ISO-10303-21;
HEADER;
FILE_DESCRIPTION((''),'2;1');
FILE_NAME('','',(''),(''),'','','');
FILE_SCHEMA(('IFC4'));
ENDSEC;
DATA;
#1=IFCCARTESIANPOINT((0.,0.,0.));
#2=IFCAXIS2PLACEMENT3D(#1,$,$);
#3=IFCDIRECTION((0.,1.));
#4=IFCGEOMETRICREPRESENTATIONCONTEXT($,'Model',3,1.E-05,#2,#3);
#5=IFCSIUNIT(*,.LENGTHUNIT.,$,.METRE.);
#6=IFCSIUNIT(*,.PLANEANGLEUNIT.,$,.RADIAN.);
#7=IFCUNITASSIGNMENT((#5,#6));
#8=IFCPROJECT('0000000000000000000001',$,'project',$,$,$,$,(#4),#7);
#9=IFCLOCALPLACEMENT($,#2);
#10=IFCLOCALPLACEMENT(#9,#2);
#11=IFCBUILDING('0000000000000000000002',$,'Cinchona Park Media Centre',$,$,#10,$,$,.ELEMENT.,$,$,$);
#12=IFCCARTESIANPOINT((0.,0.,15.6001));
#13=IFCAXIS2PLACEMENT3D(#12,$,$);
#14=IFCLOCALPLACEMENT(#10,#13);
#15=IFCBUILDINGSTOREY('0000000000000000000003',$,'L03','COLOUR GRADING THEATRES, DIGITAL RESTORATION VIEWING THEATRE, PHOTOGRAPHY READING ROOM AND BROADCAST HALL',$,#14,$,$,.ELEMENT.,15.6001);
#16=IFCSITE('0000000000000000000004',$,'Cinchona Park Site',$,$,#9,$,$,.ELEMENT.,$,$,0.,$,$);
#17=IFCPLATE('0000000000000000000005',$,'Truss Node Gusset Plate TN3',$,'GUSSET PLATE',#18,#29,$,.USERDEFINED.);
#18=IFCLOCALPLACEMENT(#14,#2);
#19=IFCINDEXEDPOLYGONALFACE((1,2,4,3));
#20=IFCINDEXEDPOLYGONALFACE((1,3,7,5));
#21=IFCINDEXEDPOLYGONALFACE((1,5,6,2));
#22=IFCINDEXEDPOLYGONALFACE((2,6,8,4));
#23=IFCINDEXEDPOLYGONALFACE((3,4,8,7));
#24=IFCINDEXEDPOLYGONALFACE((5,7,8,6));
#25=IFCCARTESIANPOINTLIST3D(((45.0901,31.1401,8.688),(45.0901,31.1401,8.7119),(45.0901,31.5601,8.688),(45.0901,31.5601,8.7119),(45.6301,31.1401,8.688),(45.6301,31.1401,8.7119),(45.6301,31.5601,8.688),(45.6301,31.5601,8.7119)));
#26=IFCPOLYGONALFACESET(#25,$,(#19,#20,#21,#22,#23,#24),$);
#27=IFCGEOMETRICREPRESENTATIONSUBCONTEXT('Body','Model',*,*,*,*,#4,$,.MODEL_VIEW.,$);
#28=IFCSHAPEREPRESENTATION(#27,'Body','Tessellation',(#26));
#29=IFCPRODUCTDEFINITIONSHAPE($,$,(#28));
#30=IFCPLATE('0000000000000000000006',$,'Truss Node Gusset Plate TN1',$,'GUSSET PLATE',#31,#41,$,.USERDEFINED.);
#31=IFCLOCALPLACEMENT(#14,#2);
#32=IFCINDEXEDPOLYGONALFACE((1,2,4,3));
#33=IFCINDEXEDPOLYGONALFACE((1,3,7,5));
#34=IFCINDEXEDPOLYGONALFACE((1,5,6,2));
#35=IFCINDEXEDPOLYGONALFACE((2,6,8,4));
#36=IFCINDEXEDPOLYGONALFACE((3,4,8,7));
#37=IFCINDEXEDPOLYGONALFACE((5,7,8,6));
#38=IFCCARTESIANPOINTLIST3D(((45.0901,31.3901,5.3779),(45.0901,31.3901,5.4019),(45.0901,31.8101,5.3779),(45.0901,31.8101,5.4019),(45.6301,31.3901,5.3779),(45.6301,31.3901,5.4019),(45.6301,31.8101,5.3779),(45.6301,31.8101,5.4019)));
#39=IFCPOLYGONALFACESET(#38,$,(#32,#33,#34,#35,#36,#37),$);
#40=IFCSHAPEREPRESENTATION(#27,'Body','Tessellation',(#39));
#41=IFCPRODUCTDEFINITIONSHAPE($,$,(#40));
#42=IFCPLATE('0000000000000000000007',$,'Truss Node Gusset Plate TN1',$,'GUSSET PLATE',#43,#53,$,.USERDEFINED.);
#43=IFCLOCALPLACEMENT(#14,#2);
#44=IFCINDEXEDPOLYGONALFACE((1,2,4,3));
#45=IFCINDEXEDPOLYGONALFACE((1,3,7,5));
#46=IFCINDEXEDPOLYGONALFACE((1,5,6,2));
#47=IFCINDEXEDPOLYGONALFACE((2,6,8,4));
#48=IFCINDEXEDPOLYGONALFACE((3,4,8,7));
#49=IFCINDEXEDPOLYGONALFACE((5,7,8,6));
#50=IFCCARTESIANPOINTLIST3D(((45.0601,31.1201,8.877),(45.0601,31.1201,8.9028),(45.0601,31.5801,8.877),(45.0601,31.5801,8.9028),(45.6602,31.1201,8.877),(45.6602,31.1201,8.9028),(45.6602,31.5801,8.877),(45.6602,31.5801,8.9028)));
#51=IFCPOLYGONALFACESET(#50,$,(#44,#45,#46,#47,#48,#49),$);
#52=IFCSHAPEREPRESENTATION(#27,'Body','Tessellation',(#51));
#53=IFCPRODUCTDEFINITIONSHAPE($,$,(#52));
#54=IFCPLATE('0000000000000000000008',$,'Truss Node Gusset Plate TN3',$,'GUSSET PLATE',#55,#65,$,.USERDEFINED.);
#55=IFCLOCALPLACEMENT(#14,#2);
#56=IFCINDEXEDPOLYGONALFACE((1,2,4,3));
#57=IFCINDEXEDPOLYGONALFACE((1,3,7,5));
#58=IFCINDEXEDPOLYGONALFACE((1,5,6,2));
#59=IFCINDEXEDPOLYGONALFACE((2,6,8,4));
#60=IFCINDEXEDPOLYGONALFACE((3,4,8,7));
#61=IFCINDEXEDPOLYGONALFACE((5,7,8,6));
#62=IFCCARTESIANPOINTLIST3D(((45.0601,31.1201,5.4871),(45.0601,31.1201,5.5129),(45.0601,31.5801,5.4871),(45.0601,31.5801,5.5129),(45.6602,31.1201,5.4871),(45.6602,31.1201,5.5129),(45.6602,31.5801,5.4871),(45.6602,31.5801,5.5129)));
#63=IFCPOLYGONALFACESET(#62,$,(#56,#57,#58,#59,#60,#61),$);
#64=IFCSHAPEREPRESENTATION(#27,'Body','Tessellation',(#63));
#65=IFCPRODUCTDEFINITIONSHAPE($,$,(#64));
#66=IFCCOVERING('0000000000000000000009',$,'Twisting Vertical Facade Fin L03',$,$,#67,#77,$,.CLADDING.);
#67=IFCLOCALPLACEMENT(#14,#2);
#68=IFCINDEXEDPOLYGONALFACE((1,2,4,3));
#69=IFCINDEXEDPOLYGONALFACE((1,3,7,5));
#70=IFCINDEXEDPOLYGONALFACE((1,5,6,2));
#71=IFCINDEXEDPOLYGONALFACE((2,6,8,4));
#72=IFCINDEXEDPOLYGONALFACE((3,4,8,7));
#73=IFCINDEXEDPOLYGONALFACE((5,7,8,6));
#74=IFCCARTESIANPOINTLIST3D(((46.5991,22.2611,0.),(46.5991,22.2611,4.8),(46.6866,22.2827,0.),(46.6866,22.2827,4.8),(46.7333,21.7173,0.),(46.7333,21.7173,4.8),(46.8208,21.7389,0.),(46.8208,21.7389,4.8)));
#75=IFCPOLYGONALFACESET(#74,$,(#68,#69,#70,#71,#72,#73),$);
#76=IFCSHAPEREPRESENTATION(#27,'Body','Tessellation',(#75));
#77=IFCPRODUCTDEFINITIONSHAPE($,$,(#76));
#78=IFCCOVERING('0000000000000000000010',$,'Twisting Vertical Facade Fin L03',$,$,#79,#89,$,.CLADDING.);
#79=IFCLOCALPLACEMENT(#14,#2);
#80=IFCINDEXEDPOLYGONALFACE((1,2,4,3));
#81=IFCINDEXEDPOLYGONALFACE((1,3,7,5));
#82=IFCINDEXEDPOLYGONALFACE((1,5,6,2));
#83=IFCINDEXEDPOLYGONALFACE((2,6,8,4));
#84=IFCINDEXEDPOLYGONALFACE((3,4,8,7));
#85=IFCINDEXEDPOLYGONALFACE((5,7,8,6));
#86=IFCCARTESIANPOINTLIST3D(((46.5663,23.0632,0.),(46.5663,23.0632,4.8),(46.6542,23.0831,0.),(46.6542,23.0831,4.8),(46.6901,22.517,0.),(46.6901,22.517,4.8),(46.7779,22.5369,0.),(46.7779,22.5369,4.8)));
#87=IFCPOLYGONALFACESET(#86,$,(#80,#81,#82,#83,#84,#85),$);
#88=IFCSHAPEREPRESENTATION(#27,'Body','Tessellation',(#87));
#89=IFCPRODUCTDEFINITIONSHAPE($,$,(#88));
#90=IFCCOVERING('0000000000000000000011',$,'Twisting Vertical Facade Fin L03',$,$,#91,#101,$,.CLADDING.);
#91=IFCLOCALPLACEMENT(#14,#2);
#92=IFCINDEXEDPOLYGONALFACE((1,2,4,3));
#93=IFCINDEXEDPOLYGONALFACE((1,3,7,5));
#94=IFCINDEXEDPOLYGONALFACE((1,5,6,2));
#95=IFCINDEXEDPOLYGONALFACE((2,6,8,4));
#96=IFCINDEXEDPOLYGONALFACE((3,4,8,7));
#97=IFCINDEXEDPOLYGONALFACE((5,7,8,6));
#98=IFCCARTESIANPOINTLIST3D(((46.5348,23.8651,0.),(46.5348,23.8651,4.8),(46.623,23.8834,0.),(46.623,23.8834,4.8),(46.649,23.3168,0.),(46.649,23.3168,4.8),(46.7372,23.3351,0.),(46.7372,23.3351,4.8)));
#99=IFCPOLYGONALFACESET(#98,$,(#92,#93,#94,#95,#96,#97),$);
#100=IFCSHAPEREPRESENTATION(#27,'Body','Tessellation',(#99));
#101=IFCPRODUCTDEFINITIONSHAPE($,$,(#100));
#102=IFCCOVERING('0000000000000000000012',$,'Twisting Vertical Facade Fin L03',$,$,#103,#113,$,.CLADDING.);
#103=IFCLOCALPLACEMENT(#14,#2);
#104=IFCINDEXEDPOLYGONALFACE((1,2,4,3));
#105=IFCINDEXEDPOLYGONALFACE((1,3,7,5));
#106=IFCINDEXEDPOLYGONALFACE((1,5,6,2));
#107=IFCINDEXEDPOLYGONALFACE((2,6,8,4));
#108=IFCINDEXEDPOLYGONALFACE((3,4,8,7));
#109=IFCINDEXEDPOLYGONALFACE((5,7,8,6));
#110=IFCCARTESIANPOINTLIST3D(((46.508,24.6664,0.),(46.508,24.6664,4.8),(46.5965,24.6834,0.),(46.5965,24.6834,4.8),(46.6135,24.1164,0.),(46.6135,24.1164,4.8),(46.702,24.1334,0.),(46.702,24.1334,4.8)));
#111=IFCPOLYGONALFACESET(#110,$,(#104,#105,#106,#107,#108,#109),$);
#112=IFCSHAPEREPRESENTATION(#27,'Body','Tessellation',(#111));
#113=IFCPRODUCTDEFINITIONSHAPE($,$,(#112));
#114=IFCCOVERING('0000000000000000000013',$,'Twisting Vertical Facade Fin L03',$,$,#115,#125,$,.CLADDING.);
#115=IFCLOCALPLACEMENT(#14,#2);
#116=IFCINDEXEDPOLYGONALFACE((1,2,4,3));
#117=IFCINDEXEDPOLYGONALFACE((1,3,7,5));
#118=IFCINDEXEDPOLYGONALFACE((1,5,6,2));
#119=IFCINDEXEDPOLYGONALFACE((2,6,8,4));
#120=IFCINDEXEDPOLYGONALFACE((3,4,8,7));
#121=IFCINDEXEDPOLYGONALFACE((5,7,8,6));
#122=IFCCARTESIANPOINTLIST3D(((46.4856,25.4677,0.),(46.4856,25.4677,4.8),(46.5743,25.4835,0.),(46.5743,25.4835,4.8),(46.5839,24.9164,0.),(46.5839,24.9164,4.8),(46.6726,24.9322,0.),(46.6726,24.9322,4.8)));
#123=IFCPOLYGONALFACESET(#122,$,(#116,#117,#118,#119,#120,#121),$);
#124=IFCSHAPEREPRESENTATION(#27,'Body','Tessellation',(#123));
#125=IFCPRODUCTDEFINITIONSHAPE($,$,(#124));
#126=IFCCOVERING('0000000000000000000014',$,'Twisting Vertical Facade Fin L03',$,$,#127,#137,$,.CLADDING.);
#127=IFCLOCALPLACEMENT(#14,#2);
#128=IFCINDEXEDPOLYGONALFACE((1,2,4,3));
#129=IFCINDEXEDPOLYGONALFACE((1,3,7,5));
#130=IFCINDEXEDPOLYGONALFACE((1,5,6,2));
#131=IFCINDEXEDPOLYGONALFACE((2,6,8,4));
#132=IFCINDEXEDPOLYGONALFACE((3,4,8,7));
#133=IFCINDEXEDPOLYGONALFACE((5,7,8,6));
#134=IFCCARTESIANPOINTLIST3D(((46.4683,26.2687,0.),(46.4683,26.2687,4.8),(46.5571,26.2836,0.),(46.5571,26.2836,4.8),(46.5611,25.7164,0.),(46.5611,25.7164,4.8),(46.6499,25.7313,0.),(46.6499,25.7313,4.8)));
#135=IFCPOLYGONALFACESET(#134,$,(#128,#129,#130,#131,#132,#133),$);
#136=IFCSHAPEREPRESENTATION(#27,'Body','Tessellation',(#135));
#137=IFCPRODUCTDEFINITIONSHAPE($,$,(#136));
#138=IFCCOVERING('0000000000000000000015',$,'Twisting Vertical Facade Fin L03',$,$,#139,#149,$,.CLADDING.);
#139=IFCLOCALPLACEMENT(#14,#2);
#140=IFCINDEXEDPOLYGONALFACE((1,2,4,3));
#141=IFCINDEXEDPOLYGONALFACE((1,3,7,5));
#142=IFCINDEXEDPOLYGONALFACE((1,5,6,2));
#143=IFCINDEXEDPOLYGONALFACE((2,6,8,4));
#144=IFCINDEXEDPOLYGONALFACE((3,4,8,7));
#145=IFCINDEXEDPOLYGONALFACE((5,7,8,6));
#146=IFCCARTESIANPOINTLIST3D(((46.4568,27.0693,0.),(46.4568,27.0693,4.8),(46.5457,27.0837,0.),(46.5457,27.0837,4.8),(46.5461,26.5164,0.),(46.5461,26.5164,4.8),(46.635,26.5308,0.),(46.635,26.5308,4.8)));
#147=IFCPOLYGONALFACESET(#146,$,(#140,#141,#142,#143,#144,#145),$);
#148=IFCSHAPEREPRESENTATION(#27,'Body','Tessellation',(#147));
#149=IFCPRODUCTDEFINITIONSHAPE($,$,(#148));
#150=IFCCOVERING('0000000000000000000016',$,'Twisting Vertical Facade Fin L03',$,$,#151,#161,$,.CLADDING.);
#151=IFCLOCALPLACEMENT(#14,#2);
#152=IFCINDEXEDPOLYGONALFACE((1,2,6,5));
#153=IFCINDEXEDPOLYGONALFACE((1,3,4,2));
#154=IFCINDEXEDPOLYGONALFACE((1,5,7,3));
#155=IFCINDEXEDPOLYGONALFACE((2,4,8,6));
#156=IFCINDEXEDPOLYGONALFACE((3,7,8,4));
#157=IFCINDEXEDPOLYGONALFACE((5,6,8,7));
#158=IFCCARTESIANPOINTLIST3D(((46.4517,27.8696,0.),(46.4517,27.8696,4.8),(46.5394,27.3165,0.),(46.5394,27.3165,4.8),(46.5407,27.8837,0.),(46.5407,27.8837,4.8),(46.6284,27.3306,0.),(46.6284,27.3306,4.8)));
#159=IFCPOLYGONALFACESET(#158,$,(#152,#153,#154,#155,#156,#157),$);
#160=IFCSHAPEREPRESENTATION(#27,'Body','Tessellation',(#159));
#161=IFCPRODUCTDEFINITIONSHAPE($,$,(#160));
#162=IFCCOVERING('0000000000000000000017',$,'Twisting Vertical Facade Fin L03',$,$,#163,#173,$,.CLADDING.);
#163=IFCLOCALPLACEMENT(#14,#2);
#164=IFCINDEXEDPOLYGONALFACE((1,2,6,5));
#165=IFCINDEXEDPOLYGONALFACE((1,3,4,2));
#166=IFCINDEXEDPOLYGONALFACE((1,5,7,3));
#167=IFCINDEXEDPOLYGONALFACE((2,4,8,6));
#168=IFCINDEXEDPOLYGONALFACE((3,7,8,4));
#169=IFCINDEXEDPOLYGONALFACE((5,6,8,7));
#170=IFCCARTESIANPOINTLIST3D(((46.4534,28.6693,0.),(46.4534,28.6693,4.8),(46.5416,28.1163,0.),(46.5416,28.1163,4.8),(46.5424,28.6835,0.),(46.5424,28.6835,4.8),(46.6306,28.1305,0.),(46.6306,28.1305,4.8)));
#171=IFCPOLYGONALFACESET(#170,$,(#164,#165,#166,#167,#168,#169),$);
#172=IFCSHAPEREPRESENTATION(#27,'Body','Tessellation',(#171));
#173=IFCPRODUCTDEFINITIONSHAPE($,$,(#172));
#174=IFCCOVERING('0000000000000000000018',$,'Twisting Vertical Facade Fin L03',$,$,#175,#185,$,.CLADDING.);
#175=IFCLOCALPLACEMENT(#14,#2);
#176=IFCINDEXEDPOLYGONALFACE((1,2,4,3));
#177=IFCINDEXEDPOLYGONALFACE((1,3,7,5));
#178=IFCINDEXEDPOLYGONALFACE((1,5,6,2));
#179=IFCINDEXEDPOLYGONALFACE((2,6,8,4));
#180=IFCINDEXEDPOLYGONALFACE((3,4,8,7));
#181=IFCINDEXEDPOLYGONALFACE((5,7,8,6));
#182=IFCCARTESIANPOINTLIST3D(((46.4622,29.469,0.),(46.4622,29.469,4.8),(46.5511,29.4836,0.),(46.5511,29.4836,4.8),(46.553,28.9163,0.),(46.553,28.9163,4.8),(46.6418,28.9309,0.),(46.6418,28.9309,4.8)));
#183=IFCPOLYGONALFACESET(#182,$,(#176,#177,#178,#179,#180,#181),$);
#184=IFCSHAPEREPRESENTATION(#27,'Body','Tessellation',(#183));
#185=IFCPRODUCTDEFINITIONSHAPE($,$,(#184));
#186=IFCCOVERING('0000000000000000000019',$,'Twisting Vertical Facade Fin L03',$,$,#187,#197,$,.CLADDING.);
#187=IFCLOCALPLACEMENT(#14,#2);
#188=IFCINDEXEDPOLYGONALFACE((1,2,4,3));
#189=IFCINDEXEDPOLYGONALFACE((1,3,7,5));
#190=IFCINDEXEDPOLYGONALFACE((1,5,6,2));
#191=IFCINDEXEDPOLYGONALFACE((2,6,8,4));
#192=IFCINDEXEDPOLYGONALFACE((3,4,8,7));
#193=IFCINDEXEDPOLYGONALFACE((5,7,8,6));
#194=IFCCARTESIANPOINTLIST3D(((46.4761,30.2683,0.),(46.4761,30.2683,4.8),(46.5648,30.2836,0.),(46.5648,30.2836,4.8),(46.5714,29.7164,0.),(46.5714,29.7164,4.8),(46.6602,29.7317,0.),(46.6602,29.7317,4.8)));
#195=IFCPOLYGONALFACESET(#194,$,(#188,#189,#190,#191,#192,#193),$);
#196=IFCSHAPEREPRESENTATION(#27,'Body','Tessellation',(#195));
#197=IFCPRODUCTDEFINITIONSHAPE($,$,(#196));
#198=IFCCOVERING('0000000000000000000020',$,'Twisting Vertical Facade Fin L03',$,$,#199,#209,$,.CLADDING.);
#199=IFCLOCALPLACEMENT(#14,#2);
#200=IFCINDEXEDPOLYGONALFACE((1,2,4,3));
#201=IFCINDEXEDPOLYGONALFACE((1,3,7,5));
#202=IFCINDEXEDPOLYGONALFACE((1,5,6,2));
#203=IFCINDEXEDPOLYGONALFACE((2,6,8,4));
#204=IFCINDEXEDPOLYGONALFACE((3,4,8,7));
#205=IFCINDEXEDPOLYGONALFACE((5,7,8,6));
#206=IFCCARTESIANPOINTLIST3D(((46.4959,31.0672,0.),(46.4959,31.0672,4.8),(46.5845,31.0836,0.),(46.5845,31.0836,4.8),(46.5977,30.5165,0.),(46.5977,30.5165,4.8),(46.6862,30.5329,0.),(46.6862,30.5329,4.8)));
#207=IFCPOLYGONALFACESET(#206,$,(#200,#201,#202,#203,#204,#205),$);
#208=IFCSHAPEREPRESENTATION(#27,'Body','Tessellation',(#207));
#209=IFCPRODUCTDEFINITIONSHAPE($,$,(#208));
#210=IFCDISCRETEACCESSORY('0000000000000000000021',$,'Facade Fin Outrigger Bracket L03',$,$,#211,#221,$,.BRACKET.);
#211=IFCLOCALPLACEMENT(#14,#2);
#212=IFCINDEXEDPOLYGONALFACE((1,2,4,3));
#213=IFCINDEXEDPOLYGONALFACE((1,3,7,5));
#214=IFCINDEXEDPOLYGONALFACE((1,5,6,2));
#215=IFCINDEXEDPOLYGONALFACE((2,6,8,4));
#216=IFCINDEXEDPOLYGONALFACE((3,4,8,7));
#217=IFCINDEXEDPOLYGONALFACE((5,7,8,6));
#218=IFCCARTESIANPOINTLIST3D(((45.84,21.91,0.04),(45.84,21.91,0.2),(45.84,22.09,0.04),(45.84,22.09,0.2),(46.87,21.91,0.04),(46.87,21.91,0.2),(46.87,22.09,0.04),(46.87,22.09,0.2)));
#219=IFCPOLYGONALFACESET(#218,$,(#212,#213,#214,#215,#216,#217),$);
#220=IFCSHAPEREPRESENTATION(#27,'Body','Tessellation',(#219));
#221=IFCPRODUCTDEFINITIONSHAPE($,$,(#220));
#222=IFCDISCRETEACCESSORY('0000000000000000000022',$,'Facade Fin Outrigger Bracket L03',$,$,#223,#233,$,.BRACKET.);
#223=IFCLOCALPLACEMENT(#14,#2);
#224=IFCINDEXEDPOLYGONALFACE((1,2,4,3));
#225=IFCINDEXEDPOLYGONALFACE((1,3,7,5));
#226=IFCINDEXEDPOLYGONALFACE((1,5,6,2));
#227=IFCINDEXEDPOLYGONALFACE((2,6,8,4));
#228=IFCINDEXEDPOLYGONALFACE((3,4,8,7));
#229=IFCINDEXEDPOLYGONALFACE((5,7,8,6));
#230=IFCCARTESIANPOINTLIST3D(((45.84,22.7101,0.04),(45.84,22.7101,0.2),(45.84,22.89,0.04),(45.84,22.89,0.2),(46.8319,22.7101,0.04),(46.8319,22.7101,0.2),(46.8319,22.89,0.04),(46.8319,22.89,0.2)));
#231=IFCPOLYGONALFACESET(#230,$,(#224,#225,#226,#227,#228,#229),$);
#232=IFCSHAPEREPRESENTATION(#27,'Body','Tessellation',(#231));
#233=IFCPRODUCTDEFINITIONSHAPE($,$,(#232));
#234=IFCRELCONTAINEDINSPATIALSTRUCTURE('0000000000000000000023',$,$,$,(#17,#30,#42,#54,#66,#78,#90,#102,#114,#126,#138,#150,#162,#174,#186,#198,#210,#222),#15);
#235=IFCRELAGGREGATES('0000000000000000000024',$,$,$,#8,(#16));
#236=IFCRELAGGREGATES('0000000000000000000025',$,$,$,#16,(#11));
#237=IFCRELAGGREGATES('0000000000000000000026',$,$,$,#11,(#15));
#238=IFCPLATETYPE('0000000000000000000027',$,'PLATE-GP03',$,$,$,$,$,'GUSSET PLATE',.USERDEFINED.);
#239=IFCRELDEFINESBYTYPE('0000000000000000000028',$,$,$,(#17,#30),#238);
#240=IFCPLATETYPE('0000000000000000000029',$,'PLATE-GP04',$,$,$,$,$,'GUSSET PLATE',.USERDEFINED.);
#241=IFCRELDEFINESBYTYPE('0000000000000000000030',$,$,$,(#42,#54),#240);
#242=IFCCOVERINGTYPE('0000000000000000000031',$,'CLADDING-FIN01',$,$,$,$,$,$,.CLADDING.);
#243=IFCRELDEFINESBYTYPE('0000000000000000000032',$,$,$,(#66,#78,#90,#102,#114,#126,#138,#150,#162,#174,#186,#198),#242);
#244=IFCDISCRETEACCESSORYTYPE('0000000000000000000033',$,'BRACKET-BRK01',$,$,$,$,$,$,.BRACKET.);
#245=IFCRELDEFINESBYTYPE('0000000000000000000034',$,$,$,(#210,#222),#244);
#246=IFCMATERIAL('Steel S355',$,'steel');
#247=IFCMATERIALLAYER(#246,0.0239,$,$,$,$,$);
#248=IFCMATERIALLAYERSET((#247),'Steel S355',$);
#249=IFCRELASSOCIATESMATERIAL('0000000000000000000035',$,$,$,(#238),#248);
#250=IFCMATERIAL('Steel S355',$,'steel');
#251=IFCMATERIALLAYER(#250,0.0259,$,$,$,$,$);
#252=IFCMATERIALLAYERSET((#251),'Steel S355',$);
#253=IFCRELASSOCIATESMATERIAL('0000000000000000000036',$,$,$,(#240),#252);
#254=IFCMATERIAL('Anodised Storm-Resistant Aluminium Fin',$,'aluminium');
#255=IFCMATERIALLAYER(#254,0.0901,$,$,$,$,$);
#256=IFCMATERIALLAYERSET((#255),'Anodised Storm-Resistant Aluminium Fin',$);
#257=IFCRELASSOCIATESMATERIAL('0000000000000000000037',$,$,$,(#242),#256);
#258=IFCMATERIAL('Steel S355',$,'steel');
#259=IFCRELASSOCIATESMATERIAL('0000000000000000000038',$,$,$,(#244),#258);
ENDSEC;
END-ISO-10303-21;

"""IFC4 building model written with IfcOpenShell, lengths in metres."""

from ifc_helpers import new_model, si_unit, direction, frame, origin, origin_2d, place, context, subcontext, project, spatial, rectangle, extrude, material, layer, layer_set, type_object, element, save


model = new_model("IFC4")

# Units and contexts
model_context = context("Model", 3, precision=1e-05, world=origin(), true_north=direction((0.0, 1.0)))
body_context = subcontext(model_context, "Body", "Model", "MODEL_VIEW")
ifc_project = project(units=[si_unit("LENGTHUNIT", "METRE"), si_unit("PLANEANGLEUNIT", "RADIAN")], contexts=[model_context])

# Site, building, storey
site_placement = place(None, origin())
site = spatial("IfcSite", under=ifc_project, at=site_placement, Name="Cinchona Park Site", CompositionType="ELEMENT", RefElevation=0.0)
building_placement = place(site_placement, origin())
building = spatial("IfcBuilding", under=site, at=building_placement, Name="Cinchona Park Media Centre", CompositionType="ELEMENT")
storey_placement = place(building_placement, frame((0.0, 0.0, 15.6001)))
storey = spatial("IfcBuildingStorey", under=building, at=storey_placement, Name="L03", Description="COLOUR GRADING THEATRES, DIGITAL RESTORATION VIEWING THEATRE, PHOTOGRAPHY READING ROOM AND BROADCAST HALL", CompositionType="ELEMENT", Elevation=15.6001)

# Plates
ifc_material_1 = material(Name="Steel S355", Category="steel")
ifc_layer_1 = layer(ifc_material_1, 0.0239)
ifc_layer_set_1 = layer_set([ifc_layer_1], Name="Steel S355")
plate_type_1 = type_object("IfcPlateType", Name="PLATE-GP03", ElementType="GUSSET PLATE", PredefinedType="USERDEFINED", material=ifc_layer_set_1)
for number, where, z_axis, x_axis, name in (
    (1, (45.3601, 31.3501, 8.688), (0.0, 0.0, 1.0), (1.0, 0.0, 0.0), "Truss Node Gusset Plate TN3"),
    (2, (45.3601, 31.6001, 5.3779), (0.0, 0.0, 1.0), (1.0, 0.0, 0.0), "Truss Node Gusset Plate TN1"),
):
    element("IfcPlate", number, at=place(storey_placement, frame(where, z_axis=z_axis, x_axis=x_axis)), inside=storey, type_object=plate_type_1, Name=name, ObjectType="GUSSET PLATE", PredefinedType="USERDEFINED", context=body_context, shape_type="SweptSolid", body=[
        extrude(rectangle(XDim=0.54, YDim=0.4199, at=origin_2d()), origin(), (0.0, 0.0, 1.0), 0.0239),
    ])
ifc_material_2 = material(Name="Steel S355", Category="steel")
ifc_layer_2 = layer(ifc_material_2, 0.0259)
ifc_layer_set_2 = layer_set([ifc_layer_2], Name="Steel S355")
plate_type_2 = type_object("IfcPlateType", Name="PLATE-GP04", ElementType="GUSSET PLATE", PredefinedType="USERDEFINED", material=ifc_layer_set_2)
for number, where, z_axis, x_axis, name in (
    (3, (45.3601, 31.3501, 8.877), (0.0, 0.0, 1.0), (1.0, 0.0, 0.0), "Truss Node Gusset Plate TN1"),
    (4, (45.3601, 31.3501, 5.4871), (0.0, 0.0, 1.0), (1.0, 0.0, 0.0), "Truss Node Gusset Plate TN3"),
):
    element("IfcPlate", number, at=place(storey_placement, frame(where, z_axis=z_axis, x_axis=x_axis)), inside=storey, type_object=plate_type_2, Name=name, ObjectType="GUSSET PLATE", PredefinedType="USERDEFINED", context=body_context, shape_type="SweptSolid", body=[
        extrude(rectangle(XDim=0.6001, YDim=0.46, at=origin_2d()), origin(), (0.0, 0.0, 1.0), 0.0259),
    ])

# Coverings
ifc_material_3 = material(Name="Anodised Storm-Resistant Aluminium Fin", Category="aluminium")
ifc_layer_3 = layer(ifc_material_3, 0.0901)
ifc_layer_set_3 = layer_set([ifc_layer_3], Name="Anodised Storm-Resistant Aluminium Fin")
covering_type = type_object("IfcCoveringType", Name="CLADDING-FIN01", PredefinedType="CLADDING", material=ifc_layer_set_3)
for number, where, z_axis, x_axis, name in (
    (5, (46.71, 22.0, 0.0), (0.0, 0.0, 1.0), (-0.23955, 0.970884, 0.0), "Twisting Vertical Facade Fin L03"),
    (6, (46.6721, 22.8, 0.0), (0.0, 0.0, 1.0), (-0.221038, 0.975265, 0.0), "Twisting Vertical Facade Fin L03"),
    (7, (46.636, 23.6001, 0.0), (0.0, 0.0, 1.0), (-0.203813, 0.97901, 0.0), "Twisting Vertical Facade Fin L03"),
    (8, (46.605, 24.3999, 0.0), (0.0, 0.0, 1.0), (-0.18841, 0.98209, 0.0), "Twisting Vertical Facade Fin L03"),
    (9, (46.5791, 25.2, 0.0), (0.0, 0.0, 1.0), (-0.175539, 0.984473, 0.0), "Twisting Vertical Facade Fin L03"),
    (10, (46.5591, 26.0, 0.0), (0.0, 0.0, 1.0), (-0.165736, 0.98617, 0.0), "Twisting Vertical Facade Fin L03"),
    (11, (46.5459, 26.8, 0.0), (0.0, 0.0, 1.0), (-0.159364, 0.98722, 0.0), "Twisting Vertical Facade Fin L03"),
    (12, (46.54, 27.6001, 0.0), (0.0, 0.0, 1.0), (-0.156607, 0.987661, 0.0), "Twisting Vertical Facade Fin L03"),
    (13, (46.542, 28.3999, 0.0), (0.0, 0.0, 1.0), (-0.157469, 0.987524, 0.0), "Twisting Vertical Facade Fin L03"),
    (14, (46.552, 29.2, 0.0), (0.0, 0.0, 1.0), (-0.162121, 0.986771, 0.0), "Twisting Vertical Facade Fin L03"),
    (15, (46.5681, 30.0, 0.0), (0.0, 0.0, 1.0), (-0.170209, 0.985408, 0.0), "Twisting Vertical Facade Fin L03"),
    (16, (46.5911, 30.8, 0.0), (0.0, 0.0, 1.0), (-0.181721, 0.98335, 0.0), "Twisting Vertical Facade Fin L03"),
):
    element("IfcCovering", number, at=place(storey_placement, frame(where, z_axis=z_axis, x_axis=x_axis)), inside=storey, type_object=covering_type, Name=name, PredefinedType="CLADDING", context=body_context, shape_type="SweptSolid", body=[
        extrude(rectangle(XDim=0.5601, YDim=0.0901, at=origin_2d()), origin(), (0.0, 0.0, 1.0), 4.8),
    ])

# Discrete accessories
ifc_material_4 = material(Name="Steel S355", Category="steel")
discrete_accessory_type = type_object("IfcDiscreteAccessoryType", Name="BRACKET-BRK01", PredefinedType="BRACKET", material=ifc_material_4)
discrete_accessory_1_placement = place(storey_placement, frame((46.355, 22.0, 0.04), z_axis=(0.0, 0.0, 1.0), x_axis=(0.0, 1.0, 0.0)))
element("IfcDiscreteAccessory", 17, at=discrete_accessory_1_placement, inside=storey, type_object=discrete_accessory_type, Name="Facade Fin Outrigger Bracket L03", PredefinedType="BRACKET", context=body_context, shape_type="SweptSolid", body=[
    extrude(rectangle(XDim=0.1799, YDim=1.03, at=origin_2d()), origin(), (0.0, 0.0, 1.0), 0.1599),
])
discrete_accessory_2_placement = place(storey_placement, frame((46.3359, 22.8, 0.04), z_axis=(0.0, 0.0, 1.0), x_axis=(0.0, 1.0, 0.0)))
element("IfcDiscreteAccessory", 18, at=discrete_accessory_2_placement, inside=storey, type_object=discrete_accessory_type, Name="Facade Fin Outrigger Bracket L03", PredefinedType="BRACKET", context=body_context, shape_type="SweptSolid", body=[
    extrude(rectangle(XDim=0.1799, YDim=0.9919, at=origin_2d()), origin(), (0.0, 0.0, 1.0), 0.1599),
])

save(model, "model.ifc")
